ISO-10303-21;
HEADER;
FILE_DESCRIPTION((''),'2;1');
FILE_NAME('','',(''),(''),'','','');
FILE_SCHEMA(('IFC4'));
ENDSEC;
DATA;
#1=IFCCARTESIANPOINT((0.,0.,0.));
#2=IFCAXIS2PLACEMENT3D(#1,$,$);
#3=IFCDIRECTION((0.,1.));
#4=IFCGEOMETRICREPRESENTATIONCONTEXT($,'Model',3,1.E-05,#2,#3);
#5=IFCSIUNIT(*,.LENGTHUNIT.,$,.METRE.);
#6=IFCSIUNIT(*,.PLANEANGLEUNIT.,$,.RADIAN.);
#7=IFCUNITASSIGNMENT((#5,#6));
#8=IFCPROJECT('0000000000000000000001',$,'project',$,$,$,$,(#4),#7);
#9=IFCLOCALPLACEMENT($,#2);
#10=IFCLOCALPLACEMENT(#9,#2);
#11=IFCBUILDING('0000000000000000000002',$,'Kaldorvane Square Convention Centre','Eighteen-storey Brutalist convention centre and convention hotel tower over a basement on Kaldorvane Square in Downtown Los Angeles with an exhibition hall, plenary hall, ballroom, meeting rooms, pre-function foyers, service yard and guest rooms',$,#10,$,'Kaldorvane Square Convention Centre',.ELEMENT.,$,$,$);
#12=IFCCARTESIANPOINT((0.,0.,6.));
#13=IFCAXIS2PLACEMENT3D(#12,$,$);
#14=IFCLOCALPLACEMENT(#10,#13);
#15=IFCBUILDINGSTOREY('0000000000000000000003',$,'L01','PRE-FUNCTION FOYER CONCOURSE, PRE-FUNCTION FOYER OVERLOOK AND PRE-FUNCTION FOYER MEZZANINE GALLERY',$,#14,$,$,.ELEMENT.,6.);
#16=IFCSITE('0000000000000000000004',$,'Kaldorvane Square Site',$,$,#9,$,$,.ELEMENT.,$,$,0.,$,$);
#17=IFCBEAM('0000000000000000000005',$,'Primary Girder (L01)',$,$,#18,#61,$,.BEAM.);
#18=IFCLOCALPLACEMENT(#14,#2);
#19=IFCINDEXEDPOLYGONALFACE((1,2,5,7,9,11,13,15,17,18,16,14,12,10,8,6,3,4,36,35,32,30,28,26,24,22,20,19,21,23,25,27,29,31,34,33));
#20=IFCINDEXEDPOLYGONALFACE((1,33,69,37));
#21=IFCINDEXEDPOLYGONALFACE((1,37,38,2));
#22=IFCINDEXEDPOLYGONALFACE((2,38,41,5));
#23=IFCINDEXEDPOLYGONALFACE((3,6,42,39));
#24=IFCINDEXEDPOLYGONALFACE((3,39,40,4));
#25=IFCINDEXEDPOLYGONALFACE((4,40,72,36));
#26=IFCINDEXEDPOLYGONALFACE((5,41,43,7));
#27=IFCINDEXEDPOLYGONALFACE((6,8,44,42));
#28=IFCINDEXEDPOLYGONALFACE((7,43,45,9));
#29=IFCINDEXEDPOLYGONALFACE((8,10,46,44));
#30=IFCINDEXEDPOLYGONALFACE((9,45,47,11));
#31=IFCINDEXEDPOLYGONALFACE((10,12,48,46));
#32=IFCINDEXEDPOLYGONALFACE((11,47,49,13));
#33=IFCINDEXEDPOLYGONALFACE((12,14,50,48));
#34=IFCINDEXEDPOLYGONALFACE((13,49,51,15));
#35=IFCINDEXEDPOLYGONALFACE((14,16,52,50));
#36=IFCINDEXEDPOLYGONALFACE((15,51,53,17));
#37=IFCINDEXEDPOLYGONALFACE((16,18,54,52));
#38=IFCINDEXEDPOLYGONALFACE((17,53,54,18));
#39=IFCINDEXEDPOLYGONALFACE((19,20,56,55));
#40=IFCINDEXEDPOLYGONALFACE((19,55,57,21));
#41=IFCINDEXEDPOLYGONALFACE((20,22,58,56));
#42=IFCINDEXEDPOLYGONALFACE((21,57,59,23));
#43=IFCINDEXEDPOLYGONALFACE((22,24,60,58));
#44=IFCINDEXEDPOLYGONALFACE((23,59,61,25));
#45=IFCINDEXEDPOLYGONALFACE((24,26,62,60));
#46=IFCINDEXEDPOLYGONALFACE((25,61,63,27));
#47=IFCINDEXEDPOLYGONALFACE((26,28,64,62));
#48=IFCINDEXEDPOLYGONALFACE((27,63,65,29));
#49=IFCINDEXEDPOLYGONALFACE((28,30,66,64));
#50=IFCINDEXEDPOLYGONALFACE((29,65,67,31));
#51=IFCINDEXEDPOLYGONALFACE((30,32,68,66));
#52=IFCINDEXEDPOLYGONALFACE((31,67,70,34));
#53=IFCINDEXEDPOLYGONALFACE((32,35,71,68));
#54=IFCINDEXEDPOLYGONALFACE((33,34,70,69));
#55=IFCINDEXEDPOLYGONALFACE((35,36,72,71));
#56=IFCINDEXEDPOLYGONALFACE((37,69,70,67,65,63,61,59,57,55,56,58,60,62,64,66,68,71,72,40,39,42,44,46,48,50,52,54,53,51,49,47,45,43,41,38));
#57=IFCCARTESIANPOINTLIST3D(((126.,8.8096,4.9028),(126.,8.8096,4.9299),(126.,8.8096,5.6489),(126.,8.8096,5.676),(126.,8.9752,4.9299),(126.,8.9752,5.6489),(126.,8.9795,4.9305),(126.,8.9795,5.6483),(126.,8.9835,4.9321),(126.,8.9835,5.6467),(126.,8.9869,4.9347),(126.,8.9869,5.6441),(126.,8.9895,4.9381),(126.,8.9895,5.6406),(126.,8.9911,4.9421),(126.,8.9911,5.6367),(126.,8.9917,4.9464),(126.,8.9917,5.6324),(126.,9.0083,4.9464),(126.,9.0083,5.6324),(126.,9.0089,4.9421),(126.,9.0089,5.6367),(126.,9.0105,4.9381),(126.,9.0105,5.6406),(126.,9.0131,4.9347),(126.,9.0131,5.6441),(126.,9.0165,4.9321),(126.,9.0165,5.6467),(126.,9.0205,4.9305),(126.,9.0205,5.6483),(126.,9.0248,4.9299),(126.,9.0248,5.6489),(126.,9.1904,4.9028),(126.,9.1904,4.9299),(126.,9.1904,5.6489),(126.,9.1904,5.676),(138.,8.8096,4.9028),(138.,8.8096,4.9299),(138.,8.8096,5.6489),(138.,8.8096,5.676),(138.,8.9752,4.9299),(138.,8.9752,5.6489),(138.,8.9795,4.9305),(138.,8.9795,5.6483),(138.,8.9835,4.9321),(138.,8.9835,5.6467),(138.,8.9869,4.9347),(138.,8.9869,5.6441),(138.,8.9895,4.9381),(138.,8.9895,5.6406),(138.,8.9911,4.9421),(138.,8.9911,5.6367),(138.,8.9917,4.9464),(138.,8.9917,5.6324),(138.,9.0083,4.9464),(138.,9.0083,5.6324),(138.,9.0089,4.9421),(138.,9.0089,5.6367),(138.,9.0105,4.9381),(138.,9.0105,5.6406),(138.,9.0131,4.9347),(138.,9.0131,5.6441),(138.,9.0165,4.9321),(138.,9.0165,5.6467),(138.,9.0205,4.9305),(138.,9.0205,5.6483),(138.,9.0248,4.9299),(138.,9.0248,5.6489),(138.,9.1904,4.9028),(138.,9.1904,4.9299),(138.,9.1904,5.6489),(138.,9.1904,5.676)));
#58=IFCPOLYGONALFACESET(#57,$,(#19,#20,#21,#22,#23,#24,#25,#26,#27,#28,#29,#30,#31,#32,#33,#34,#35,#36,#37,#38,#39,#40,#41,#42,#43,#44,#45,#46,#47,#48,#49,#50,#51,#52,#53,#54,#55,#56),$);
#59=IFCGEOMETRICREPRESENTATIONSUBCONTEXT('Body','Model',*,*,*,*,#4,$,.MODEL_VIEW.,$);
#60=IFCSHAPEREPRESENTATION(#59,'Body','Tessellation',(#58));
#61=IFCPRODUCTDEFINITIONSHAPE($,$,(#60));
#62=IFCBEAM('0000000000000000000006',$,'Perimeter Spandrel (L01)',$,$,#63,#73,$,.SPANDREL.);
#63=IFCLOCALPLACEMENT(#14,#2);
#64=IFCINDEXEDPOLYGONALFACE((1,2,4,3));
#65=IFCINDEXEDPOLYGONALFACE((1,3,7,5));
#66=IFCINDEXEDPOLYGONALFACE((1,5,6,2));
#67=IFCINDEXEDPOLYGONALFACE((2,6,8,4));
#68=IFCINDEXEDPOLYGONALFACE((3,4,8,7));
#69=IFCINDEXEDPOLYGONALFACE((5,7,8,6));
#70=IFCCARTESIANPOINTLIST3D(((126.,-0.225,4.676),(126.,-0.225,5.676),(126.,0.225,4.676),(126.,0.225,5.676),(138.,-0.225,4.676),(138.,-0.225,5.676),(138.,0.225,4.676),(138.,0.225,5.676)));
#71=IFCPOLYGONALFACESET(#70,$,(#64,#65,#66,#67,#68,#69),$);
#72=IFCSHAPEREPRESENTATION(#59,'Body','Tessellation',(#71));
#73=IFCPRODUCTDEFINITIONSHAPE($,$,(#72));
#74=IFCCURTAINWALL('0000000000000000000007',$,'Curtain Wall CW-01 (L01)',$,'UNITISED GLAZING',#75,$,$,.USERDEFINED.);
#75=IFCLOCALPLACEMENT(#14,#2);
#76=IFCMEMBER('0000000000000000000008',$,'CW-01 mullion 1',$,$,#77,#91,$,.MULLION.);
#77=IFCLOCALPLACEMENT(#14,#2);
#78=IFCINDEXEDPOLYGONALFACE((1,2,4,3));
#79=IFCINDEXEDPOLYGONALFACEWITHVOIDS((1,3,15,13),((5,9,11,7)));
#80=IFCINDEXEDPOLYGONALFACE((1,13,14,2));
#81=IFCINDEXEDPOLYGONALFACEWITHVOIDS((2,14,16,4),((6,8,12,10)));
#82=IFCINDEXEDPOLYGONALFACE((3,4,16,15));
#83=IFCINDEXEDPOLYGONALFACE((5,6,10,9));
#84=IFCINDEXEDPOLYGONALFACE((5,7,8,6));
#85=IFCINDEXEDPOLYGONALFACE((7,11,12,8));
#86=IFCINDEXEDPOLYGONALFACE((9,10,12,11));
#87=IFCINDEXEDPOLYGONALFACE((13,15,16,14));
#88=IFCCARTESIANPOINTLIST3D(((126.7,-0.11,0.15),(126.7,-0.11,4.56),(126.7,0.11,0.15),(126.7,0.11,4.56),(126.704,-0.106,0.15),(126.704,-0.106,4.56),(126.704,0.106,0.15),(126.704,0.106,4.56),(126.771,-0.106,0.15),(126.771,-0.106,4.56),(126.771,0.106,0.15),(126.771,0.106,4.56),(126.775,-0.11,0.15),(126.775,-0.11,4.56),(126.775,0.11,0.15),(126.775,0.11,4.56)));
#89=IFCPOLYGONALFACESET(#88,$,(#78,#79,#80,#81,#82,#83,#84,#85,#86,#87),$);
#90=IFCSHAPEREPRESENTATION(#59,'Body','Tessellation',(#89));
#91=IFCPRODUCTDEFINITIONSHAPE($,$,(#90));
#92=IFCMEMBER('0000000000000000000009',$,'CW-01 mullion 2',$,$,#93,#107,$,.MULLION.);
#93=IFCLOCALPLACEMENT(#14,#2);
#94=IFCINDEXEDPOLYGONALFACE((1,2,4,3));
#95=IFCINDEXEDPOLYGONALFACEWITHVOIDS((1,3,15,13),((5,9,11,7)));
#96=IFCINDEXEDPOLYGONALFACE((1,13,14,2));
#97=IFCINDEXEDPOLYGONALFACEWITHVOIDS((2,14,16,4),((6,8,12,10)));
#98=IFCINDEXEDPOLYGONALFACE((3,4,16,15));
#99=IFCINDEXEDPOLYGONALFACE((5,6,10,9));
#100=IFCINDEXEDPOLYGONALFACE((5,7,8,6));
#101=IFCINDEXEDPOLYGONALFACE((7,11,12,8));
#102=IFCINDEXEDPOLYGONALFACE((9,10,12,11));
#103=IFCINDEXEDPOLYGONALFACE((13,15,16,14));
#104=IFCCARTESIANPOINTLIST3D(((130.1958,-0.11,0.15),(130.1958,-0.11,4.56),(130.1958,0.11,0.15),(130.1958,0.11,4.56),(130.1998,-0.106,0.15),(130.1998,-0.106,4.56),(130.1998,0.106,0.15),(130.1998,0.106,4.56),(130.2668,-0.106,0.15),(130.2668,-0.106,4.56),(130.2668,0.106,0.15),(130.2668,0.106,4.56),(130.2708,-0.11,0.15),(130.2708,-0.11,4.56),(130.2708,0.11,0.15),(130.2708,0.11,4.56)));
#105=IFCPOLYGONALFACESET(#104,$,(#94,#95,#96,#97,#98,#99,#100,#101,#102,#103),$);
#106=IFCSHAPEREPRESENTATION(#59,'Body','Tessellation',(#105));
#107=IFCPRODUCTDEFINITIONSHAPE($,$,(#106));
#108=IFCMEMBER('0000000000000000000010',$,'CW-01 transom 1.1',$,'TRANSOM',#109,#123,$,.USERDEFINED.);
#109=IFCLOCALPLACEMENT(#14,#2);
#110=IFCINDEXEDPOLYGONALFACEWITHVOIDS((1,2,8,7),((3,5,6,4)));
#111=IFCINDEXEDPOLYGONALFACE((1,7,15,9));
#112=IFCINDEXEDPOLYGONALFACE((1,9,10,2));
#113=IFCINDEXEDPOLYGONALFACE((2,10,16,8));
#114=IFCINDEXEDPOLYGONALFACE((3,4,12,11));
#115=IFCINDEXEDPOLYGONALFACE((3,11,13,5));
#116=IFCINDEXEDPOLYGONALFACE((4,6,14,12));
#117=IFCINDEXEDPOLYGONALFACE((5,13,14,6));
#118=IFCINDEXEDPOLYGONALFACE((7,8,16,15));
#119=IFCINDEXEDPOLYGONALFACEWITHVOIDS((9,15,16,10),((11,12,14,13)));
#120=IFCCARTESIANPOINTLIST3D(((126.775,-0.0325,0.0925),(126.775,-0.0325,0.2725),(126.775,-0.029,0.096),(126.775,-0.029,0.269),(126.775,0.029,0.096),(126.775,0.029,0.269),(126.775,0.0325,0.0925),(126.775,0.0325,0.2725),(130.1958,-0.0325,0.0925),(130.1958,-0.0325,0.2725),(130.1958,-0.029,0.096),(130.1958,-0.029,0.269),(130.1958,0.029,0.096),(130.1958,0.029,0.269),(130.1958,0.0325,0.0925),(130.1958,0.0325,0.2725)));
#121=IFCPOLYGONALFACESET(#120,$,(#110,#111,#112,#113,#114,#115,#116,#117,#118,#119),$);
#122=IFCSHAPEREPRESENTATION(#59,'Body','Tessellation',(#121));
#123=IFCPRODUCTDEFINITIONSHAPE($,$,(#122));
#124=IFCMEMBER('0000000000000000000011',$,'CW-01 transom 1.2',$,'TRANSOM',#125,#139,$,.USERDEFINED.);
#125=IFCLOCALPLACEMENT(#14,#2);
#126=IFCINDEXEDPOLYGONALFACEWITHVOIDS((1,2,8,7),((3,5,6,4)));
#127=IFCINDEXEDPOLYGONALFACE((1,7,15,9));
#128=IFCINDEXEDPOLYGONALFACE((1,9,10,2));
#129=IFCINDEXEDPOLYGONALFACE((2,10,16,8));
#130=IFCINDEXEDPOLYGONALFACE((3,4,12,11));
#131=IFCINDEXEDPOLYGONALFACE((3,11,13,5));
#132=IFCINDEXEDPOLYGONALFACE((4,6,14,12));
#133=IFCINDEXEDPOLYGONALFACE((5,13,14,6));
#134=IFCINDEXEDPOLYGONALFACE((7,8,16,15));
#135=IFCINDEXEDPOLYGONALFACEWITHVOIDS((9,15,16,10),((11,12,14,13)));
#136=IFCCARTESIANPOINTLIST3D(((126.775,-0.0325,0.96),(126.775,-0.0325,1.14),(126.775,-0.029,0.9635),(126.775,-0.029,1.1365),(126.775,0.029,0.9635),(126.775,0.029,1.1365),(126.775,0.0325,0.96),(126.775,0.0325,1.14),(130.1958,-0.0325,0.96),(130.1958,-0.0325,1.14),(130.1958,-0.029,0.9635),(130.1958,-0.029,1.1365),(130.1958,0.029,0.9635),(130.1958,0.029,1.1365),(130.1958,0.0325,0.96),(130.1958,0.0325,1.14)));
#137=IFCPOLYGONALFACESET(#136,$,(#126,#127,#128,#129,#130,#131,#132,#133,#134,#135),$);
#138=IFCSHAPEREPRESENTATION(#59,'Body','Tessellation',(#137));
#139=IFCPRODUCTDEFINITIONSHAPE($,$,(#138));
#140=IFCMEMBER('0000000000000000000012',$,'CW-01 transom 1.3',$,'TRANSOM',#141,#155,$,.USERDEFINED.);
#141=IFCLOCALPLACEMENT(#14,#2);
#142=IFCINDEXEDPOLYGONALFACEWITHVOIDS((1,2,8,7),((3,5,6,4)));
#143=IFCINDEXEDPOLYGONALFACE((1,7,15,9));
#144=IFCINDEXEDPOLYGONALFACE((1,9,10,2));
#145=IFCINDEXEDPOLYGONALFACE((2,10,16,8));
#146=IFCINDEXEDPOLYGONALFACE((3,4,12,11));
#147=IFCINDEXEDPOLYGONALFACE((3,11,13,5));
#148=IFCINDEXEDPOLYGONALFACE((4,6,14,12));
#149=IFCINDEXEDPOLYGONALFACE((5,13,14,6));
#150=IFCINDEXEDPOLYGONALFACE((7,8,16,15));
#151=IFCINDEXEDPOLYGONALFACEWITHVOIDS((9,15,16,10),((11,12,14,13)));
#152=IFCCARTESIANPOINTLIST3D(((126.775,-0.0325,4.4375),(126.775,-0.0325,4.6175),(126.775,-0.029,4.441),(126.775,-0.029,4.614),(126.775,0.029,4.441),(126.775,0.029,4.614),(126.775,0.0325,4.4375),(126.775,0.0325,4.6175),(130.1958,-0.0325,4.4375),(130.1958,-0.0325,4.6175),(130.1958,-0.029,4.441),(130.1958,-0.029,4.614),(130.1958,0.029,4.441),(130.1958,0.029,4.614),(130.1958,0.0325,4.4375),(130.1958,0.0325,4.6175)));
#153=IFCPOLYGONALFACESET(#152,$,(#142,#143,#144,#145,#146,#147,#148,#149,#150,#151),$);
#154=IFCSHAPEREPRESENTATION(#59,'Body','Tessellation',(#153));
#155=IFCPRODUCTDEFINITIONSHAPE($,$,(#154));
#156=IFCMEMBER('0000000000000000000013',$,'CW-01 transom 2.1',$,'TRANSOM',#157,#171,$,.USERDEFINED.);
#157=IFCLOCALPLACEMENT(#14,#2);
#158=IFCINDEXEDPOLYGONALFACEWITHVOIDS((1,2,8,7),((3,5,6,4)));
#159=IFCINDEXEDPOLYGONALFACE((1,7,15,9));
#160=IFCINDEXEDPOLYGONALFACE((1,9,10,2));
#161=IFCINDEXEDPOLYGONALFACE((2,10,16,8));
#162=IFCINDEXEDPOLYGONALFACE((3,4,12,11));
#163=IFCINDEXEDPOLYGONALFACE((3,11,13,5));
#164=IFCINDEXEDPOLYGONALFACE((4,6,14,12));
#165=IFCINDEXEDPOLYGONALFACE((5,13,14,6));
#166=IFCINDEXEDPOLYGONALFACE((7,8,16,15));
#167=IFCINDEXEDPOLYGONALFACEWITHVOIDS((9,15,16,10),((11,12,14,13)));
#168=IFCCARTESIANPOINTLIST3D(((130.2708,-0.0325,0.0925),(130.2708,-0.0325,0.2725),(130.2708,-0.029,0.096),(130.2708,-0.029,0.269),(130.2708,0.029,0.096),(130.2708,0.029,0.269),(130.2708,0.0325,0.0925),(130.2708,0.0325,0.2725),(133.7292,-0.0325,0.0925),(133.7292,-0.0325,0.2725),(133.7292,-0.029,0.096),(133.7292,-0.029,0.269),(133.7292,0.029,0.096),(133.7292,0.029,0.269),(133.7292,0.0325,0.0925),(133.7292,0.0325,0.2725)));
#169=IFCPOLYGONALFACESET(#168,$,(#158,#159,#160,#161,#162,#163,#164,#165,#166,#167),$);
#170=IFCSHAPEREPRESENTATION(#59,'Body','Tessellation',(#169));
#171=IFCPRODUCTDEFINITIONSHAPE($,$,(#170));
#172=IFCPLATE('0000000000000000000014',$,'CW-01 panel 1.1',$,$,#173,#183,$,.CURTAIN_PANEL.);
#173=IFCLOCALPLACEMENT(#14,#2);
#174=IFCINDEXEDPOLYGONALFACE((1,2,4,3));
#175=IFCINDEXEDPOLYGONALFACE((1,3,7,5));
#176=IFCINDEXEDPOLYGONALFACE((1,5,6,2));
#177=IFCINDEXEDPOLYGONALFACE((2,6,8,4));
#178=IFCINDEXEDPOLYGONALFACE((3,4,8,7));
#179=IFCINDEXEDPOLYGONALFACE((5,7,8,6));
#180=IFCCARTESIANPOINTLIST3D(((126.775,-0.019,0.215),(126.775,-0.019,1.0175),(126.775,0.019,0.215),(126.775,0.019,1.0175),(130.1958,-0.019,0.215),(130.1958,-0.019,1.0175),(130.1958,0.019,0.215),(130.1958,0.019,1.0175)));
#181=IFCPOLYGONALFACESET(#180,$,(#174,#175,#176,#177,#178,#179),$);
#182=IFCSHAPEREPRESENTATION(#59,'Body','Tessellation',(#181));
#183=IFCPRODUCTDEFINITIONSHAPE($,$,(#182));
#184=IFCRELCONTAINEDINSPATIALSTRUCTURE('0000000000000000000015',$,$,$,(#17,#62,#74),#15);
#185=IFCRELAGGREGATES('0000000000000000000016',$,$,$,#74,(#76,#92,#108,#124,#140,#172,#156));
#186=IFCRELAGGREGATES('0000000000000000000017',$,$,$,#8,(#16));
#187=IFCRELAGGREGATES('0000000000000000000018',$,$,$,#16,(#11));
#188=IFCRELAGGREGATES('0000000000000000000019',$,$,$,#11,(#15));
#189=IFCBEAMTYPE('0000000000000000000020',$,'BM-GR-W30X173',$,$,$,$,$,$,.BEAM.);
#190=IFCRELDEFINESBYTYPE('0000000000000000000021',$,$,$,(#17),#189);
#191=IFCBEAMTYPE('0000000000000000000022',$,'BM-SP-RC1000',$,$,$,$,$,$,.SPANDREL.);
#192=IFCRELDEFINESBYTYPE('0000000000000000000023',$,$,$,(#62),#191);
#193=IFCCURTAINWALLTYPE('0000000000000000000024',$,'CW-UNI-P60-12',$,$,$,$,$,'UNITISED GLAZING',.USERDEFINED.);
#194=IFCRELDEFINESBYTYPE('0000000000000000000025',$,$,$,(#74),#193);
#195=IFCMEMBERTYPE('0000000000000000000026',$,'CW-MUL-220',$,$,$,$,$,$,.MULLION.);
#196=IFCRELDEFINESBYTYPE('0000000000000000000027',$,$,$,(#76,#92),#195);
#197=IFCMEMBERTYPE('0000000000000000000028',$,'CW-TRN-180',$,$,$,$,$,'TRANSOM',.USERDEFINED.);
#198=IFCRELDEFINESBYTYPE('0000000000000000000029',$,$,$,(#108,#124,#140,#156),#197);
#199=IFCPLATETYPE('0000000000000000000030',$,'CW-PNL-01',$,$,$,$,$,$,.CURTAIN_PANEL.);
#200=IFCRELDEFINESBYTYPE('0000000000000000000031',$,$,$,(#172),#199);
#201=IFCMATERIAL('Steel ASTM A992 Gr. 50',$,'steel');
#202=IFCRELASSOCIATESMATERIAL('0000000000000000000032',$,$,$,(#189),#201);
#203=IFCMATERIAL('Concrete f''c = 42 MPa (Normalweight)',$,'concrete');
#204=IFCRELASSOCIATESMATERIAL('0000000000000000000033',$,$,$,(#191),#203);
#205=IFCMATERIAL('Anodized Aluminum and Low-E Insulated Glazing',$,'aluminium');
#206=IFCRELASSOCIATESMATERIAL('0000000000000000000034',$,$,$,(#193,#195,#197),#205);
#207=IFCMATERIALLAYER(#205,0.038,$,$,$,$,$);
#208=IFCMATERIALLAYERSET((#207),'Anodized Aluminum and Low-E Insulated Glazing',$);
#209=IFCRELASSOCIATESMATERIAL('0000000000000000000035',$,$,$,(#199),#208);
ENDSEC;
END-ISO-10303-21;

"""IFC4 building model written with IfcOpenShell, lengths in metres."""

from ifc_helpers import new_model, si_unit, direction, frame, origin, origin_2d, place, context, subcontext, project, spatial, rectangle, hollow_rectangle, i_section, extrude, material, layer, layer_set, material_profile, profile_set, type_object, element, aggregate, save


model = new_model("IFC4")

# Units and contexts
model_context = context("Model", 3, precision=1e-05, world=origin(), true_north=direction((0.0, 1.0)))
body_context = subcontext(model_context, "Body", "Model", "MODEL_VIEW")
ifc_project = project(units=[si_unit("LENGTHUNIT", "METRE"), si_unit("PLANEANGLEUNIT", "RADIAN")], contexts=[model_context])

# Site, building, storey
site_placement = place(None, origin())
site = spatial("IfcSite", under=ifc_project, at=site_placement, Name="Kaldorvane Square Site", CompositionType="ELEMENT", RefElevation=0.0)
building_placement = place(site_placement, origin())
building = spatial("IfcBuilding", under=site, at=building_placement, Name="Kaldorvane Square Convention Centre", Description="Eighteen-storey Brutalist convention centre and convention hotel tower over a basement on Kaldorvane Square in Downtown Los Angeles with an exhibition hall, plenary hall, ballroom, meeting rooms, pre-function foyers, service yard and guest rooms", LongName="Kaldorvane Square Convention Centre", CompositionType="ELEMENT")
storey_placement = place(building_placement, frame((0.0, 0.0, 6.0)))
storey = spatial("IfcBuildingStorey", under=building, at=storey_placement, Name="L01", Description="PRE-FUNCTION FOYER CONCOURSE, PRE-FUNCTION FOYER OVERLOOK AND PRE-FUNCTION FOYER MEZZANINE GALLERY", CompositionType="ELEMENT", Elevation=6.0)

# Shared definitions
ifc_material_1 = material(Name="Steel ASTM A992 Gr. 50", Category="steel")

# Beams
ifc_material_profile_1 = material_profile(ifc_material_1, i_section(OverallWidth=0.3807, OverallDepth=0.7732, WebThickness=0.0166, FlangeThickness=0.0271, FilletRadius=0.0165, at=origin_2d()), Name="W30X173")
ifc_profile_set_1 = profile_set([ifc_material_profile_1], Name="Steel ASTM A992 Gr. 50")
beam_type_1 = type_object("IfcBeamType", Name="BM-GR-W30X173", PredefinedType="BEAM", material=ifc_profile_set_1)
beam_1_placement = place(storey_placement, frame((126.0, 9.0, 5.2894), z_axis=(1.0, 0.0, 0.0), x_axis=(0.0, 1.0, 0.0)))
element("IfcBeam", 1, at=beam_1_placement, inside=storey, type_object=beam_type_1, Name="Primary Girder (L01)", PredefinedType="BEAM", context=body_context, shape_type="SweptSolid", body=[
    extrude(i_section(OverallWidth=0.3807, OverallDepth=0.7732, WebThickness=0.0166, FlangeThickness=0.0271, FilletRadius=0.0165, at=origin_2d()), origin(), (0.0, 0.0, 1.0), 12.0),
])
ifc_material_2 = material(Name="Concrete f'c = 42 MPa (Normalweight)", Category="concrete")
ifc_material_profile_2 = material_profile(ifc_material_2, rectangle(XDim=0.45, YDim=1.0, at=origin_2d()), Name="RCSP1000X450")
ifc_profile_set_2 = profile_set([ifc_material_profile_2], Name="Concrete f'c = 42 MPa (Normalweight)")
beam_type_2 = type_object("IfcBeamType", Name="BM-SP-RC1000", PredefinedType="SPANDREL", material=ifc_profile_set_2)
beam_2_placement = place(storey_placement, frame((126.0, 0.0, 5.176), z_axis=(1.0, 0.0, 0.0), x_axis=(0.0, 1.0, 0.0)))
element("IfcBeam", 2, at=beam_2_placement, inside=storey, type_object=beam_type_2, Name="Perimeter Spandrel (L01)", PredefinedType="SPANDREL", context=body_context, shape_type="SweptSolid", body=[
    extrude(rectangle(XDim=0.45, YDim=1.0, at=origin_2d()), origin(), (0.0, 0.0, 1.0), 12.0),
])

# Curtain wall, members, plate
ifc_material_3 = material(Name="Anodized Aluminum and Low-E Insulated Glazing", Category="aluminium")
curtain_wall_type = type_object("IfcCurtainWallType", Name="CW-UNI-P60-12", ElementType="UNITISED GLAZING", PredefinedType="USERDEFINED", material=ifc_material_3)
curtain_wall_placement = place(storey_placement, origin())
curtain_wall = element("IfcCurtainWall", 3, at=curtain_wall_placement, inside=storey, type_object=curtain_wall_type, Name="Curtain Wall CW-01 (L01)", ObjectType="UNITISED GLAZING", PredefinedType="USERDEFINED")
ifc_material_profile_3 = material_profile(ifc_material_3, hollow_rectangle(XDim=0.075, YDim=0.22, WallThickness=0.004, at=origin_2d()), Name="CWM-220X75")
ifc_profile_set_3 = profile_set([ifc_material_profile_3], Name="Anodized Aluminum and Low-E Insulated Glazing")
member_type_1 = type_object("IfcMemberType", Name="CW-MUL-220", PredefinedType="MULLION", material=ifc_profile_set_3)
member_1_placement = place(storey_placement, frame((126.7375, 0.0, 0.15), z_axis=(0.0, 0.0, 1.0), x_axis=(1.0, 0.0, 0.0)))
member_1 = element("IfcMember", 4, at=member_1_placement, type_object=member_type_1, Name="CW-01 mullion 1", PredefinedType="MULLION", context=body_context, shape_type="SweptSolid", body=[
    extrude(hollow_rectangle(XDim=0.075, YDim=0.22, WallThickness=0.004, at=origin_2d()), origin(), (0.0, 0.0, 1.0), 4.41),
])
member_2_placement = place(storey_placement, frame((130.2333, 0.0, 0.15), z_axis=(0.0, 0.0, 1.0), x_axis=(1.0, 0.0, 0.0)))
member_2 = element("IfcMember", 5, at=member_2_placement, type_object=member_type_1, Name="CW-01 mullion 2", PredefinedType="MULLION", context=body_context, shape_type="SweptSolid", body=[
    extrude(hollow_rectangle(XDim=0.075, YDim=0.22, WallThickness=0.004, at=origin_2d()), origin(), (0.0, 0.0, 1.0), 4.41),
])
ifc_material_profile_4 = material_profile(ifc_material_3, hollow_rectangle(XDim=0.065, YDim=0.18, WallThickness=0.0035, at=origin_2d()), Name="CWT-180X65")
ifc_profile_set_4 = profile_set([ifc_material_profile_4], Name="Anodized Aluminum and Low-E Insulated Glazing")
member_type_2 = type_object("IfcMemberType", Name="CW-TRN-180", ElementType="TRANSOM", PredefinedType="USERDEFINED", material=ifc_profile_set_4)
member_3_placement = place(storey_placement, frame((126.775, 0.0, 0.1825), z_axis=(1.0, 0.0, 0.0), x_axis=(0.0, 1.0, 0.0)))
member_3 = element("IfcMember", 6, at=member_3_placement, type_object=member_type_2, Name="CW-01 transom 1.1", ObjectType="TRANSOM", PredefinedType="USERDEFINED", context=body_context, shape_type="SweptSolid", body=[
    extrude(hollow_rectangle(XDim=0.065, YDim=0.18, WallThickness=0.0035, at=origin_2d()), origin(), (0.0, 0.0, 1.0), 3.4208),
])
member_4_placement = place(storey_placement, frame((126.775, 0.0, 1.05), z_axis=(1.0, 0.0, 0.0), x_axis=(0.0, 1.0, 0.0)))
member_4 = element("IfcMember", 7, at=member_4_placement, type_object=member_type_2, Name="CW-01 transom 1.2", ObjectType="TRANSOM", PredefinedType="USERDEFINED", context=body_context, shape_type="SweptSolid", body=[
    extrude(hollow_rectangle(XDim=0.065, YDim=0.18, WallThickness=0.0035, at=origin_2d()), origin(), (0.0, 0.0, 1.0), 3.4208),
])
member_5_placement = place(storey_placement, frame((126.775, 0.0, 4.5275), z_axis=(1.0, 0.0, 0.0), x_axis=(0.0, 1.0, 0.0)))
member_5 = element("IfcMember", 8, at=member_5_placement, type_object=member_type_2, Name="CW-01 transom 1.3", ObjectType="TRANSOM", PredefinedType="USERDEFINED", context=body_context, shape_type="SweptSolid", body=[
    extrude(hollow_rectangle(XDim=0.065, YDim=0.18, WallThickness=0.0035, at=origin_2d()), origin(), (0.0, 0.0, 1.0), 3.4208),
])
member_6_placement = place(storey_placement, frame((130.2708, 0.0, 0.1825), z_axis=(1.0, 0.0, 0.0), x_axis=(0.0, 1.0, 0.0)))
member_6 = element("IfcMember", 9, at=member_6_placement, type_object=member_type_2, Name="CW-01 transom 2.1", ObjectType="TRANSOM", PredefinedType="USERDEFINED", context=body_context, shape_type="SweptSolid", body=[
    extrude(hollow_rectangle(XDim=0.065, YDim=0.18, WallThickness=0.0035, at=origin_2d()), origin(), (0.0, 0.0, 1.0), 3.4583),
])
ifc_layer_1 = layer(ifc_material_3, 0.038)
ifc_layer_set_1 = layer_set([ifc_layer_1], Name="Anodized Aluminum and Low-E Insulated Glazing")
plate_type = type_object("IfcPlateType", Name="CW-PNL-01", PredefinedType="CURTAIN_PANEL", material=ifc_layer_set_1)
plate_1_placement = place(storey_placement, frame((128.4854, 0.0, 0.215), z_axis=(0.0, 0.0, 1.0), x_axis=(1.0, 0.0, 0.0)))
plate_1 = element("IfcPlate", 10, at=plate_1_placement, type_object=plate_type, Name="CW-01 panel 1.1", PredefinedType="CURTAIN_PANEL", context=body_context, shape_type="SweptSolid", body=[
    extrude(rectangle(XDim=3.4208, YDim=0.038, at=origin_2d()), origin(), (0.0, 0.0, 1.0), 0.8025),
])
aggregate(curtain_wall, [member_1, member_2, member_3, member_4, member_5, plate_1, member_6])

save(model, "model.ifc")
